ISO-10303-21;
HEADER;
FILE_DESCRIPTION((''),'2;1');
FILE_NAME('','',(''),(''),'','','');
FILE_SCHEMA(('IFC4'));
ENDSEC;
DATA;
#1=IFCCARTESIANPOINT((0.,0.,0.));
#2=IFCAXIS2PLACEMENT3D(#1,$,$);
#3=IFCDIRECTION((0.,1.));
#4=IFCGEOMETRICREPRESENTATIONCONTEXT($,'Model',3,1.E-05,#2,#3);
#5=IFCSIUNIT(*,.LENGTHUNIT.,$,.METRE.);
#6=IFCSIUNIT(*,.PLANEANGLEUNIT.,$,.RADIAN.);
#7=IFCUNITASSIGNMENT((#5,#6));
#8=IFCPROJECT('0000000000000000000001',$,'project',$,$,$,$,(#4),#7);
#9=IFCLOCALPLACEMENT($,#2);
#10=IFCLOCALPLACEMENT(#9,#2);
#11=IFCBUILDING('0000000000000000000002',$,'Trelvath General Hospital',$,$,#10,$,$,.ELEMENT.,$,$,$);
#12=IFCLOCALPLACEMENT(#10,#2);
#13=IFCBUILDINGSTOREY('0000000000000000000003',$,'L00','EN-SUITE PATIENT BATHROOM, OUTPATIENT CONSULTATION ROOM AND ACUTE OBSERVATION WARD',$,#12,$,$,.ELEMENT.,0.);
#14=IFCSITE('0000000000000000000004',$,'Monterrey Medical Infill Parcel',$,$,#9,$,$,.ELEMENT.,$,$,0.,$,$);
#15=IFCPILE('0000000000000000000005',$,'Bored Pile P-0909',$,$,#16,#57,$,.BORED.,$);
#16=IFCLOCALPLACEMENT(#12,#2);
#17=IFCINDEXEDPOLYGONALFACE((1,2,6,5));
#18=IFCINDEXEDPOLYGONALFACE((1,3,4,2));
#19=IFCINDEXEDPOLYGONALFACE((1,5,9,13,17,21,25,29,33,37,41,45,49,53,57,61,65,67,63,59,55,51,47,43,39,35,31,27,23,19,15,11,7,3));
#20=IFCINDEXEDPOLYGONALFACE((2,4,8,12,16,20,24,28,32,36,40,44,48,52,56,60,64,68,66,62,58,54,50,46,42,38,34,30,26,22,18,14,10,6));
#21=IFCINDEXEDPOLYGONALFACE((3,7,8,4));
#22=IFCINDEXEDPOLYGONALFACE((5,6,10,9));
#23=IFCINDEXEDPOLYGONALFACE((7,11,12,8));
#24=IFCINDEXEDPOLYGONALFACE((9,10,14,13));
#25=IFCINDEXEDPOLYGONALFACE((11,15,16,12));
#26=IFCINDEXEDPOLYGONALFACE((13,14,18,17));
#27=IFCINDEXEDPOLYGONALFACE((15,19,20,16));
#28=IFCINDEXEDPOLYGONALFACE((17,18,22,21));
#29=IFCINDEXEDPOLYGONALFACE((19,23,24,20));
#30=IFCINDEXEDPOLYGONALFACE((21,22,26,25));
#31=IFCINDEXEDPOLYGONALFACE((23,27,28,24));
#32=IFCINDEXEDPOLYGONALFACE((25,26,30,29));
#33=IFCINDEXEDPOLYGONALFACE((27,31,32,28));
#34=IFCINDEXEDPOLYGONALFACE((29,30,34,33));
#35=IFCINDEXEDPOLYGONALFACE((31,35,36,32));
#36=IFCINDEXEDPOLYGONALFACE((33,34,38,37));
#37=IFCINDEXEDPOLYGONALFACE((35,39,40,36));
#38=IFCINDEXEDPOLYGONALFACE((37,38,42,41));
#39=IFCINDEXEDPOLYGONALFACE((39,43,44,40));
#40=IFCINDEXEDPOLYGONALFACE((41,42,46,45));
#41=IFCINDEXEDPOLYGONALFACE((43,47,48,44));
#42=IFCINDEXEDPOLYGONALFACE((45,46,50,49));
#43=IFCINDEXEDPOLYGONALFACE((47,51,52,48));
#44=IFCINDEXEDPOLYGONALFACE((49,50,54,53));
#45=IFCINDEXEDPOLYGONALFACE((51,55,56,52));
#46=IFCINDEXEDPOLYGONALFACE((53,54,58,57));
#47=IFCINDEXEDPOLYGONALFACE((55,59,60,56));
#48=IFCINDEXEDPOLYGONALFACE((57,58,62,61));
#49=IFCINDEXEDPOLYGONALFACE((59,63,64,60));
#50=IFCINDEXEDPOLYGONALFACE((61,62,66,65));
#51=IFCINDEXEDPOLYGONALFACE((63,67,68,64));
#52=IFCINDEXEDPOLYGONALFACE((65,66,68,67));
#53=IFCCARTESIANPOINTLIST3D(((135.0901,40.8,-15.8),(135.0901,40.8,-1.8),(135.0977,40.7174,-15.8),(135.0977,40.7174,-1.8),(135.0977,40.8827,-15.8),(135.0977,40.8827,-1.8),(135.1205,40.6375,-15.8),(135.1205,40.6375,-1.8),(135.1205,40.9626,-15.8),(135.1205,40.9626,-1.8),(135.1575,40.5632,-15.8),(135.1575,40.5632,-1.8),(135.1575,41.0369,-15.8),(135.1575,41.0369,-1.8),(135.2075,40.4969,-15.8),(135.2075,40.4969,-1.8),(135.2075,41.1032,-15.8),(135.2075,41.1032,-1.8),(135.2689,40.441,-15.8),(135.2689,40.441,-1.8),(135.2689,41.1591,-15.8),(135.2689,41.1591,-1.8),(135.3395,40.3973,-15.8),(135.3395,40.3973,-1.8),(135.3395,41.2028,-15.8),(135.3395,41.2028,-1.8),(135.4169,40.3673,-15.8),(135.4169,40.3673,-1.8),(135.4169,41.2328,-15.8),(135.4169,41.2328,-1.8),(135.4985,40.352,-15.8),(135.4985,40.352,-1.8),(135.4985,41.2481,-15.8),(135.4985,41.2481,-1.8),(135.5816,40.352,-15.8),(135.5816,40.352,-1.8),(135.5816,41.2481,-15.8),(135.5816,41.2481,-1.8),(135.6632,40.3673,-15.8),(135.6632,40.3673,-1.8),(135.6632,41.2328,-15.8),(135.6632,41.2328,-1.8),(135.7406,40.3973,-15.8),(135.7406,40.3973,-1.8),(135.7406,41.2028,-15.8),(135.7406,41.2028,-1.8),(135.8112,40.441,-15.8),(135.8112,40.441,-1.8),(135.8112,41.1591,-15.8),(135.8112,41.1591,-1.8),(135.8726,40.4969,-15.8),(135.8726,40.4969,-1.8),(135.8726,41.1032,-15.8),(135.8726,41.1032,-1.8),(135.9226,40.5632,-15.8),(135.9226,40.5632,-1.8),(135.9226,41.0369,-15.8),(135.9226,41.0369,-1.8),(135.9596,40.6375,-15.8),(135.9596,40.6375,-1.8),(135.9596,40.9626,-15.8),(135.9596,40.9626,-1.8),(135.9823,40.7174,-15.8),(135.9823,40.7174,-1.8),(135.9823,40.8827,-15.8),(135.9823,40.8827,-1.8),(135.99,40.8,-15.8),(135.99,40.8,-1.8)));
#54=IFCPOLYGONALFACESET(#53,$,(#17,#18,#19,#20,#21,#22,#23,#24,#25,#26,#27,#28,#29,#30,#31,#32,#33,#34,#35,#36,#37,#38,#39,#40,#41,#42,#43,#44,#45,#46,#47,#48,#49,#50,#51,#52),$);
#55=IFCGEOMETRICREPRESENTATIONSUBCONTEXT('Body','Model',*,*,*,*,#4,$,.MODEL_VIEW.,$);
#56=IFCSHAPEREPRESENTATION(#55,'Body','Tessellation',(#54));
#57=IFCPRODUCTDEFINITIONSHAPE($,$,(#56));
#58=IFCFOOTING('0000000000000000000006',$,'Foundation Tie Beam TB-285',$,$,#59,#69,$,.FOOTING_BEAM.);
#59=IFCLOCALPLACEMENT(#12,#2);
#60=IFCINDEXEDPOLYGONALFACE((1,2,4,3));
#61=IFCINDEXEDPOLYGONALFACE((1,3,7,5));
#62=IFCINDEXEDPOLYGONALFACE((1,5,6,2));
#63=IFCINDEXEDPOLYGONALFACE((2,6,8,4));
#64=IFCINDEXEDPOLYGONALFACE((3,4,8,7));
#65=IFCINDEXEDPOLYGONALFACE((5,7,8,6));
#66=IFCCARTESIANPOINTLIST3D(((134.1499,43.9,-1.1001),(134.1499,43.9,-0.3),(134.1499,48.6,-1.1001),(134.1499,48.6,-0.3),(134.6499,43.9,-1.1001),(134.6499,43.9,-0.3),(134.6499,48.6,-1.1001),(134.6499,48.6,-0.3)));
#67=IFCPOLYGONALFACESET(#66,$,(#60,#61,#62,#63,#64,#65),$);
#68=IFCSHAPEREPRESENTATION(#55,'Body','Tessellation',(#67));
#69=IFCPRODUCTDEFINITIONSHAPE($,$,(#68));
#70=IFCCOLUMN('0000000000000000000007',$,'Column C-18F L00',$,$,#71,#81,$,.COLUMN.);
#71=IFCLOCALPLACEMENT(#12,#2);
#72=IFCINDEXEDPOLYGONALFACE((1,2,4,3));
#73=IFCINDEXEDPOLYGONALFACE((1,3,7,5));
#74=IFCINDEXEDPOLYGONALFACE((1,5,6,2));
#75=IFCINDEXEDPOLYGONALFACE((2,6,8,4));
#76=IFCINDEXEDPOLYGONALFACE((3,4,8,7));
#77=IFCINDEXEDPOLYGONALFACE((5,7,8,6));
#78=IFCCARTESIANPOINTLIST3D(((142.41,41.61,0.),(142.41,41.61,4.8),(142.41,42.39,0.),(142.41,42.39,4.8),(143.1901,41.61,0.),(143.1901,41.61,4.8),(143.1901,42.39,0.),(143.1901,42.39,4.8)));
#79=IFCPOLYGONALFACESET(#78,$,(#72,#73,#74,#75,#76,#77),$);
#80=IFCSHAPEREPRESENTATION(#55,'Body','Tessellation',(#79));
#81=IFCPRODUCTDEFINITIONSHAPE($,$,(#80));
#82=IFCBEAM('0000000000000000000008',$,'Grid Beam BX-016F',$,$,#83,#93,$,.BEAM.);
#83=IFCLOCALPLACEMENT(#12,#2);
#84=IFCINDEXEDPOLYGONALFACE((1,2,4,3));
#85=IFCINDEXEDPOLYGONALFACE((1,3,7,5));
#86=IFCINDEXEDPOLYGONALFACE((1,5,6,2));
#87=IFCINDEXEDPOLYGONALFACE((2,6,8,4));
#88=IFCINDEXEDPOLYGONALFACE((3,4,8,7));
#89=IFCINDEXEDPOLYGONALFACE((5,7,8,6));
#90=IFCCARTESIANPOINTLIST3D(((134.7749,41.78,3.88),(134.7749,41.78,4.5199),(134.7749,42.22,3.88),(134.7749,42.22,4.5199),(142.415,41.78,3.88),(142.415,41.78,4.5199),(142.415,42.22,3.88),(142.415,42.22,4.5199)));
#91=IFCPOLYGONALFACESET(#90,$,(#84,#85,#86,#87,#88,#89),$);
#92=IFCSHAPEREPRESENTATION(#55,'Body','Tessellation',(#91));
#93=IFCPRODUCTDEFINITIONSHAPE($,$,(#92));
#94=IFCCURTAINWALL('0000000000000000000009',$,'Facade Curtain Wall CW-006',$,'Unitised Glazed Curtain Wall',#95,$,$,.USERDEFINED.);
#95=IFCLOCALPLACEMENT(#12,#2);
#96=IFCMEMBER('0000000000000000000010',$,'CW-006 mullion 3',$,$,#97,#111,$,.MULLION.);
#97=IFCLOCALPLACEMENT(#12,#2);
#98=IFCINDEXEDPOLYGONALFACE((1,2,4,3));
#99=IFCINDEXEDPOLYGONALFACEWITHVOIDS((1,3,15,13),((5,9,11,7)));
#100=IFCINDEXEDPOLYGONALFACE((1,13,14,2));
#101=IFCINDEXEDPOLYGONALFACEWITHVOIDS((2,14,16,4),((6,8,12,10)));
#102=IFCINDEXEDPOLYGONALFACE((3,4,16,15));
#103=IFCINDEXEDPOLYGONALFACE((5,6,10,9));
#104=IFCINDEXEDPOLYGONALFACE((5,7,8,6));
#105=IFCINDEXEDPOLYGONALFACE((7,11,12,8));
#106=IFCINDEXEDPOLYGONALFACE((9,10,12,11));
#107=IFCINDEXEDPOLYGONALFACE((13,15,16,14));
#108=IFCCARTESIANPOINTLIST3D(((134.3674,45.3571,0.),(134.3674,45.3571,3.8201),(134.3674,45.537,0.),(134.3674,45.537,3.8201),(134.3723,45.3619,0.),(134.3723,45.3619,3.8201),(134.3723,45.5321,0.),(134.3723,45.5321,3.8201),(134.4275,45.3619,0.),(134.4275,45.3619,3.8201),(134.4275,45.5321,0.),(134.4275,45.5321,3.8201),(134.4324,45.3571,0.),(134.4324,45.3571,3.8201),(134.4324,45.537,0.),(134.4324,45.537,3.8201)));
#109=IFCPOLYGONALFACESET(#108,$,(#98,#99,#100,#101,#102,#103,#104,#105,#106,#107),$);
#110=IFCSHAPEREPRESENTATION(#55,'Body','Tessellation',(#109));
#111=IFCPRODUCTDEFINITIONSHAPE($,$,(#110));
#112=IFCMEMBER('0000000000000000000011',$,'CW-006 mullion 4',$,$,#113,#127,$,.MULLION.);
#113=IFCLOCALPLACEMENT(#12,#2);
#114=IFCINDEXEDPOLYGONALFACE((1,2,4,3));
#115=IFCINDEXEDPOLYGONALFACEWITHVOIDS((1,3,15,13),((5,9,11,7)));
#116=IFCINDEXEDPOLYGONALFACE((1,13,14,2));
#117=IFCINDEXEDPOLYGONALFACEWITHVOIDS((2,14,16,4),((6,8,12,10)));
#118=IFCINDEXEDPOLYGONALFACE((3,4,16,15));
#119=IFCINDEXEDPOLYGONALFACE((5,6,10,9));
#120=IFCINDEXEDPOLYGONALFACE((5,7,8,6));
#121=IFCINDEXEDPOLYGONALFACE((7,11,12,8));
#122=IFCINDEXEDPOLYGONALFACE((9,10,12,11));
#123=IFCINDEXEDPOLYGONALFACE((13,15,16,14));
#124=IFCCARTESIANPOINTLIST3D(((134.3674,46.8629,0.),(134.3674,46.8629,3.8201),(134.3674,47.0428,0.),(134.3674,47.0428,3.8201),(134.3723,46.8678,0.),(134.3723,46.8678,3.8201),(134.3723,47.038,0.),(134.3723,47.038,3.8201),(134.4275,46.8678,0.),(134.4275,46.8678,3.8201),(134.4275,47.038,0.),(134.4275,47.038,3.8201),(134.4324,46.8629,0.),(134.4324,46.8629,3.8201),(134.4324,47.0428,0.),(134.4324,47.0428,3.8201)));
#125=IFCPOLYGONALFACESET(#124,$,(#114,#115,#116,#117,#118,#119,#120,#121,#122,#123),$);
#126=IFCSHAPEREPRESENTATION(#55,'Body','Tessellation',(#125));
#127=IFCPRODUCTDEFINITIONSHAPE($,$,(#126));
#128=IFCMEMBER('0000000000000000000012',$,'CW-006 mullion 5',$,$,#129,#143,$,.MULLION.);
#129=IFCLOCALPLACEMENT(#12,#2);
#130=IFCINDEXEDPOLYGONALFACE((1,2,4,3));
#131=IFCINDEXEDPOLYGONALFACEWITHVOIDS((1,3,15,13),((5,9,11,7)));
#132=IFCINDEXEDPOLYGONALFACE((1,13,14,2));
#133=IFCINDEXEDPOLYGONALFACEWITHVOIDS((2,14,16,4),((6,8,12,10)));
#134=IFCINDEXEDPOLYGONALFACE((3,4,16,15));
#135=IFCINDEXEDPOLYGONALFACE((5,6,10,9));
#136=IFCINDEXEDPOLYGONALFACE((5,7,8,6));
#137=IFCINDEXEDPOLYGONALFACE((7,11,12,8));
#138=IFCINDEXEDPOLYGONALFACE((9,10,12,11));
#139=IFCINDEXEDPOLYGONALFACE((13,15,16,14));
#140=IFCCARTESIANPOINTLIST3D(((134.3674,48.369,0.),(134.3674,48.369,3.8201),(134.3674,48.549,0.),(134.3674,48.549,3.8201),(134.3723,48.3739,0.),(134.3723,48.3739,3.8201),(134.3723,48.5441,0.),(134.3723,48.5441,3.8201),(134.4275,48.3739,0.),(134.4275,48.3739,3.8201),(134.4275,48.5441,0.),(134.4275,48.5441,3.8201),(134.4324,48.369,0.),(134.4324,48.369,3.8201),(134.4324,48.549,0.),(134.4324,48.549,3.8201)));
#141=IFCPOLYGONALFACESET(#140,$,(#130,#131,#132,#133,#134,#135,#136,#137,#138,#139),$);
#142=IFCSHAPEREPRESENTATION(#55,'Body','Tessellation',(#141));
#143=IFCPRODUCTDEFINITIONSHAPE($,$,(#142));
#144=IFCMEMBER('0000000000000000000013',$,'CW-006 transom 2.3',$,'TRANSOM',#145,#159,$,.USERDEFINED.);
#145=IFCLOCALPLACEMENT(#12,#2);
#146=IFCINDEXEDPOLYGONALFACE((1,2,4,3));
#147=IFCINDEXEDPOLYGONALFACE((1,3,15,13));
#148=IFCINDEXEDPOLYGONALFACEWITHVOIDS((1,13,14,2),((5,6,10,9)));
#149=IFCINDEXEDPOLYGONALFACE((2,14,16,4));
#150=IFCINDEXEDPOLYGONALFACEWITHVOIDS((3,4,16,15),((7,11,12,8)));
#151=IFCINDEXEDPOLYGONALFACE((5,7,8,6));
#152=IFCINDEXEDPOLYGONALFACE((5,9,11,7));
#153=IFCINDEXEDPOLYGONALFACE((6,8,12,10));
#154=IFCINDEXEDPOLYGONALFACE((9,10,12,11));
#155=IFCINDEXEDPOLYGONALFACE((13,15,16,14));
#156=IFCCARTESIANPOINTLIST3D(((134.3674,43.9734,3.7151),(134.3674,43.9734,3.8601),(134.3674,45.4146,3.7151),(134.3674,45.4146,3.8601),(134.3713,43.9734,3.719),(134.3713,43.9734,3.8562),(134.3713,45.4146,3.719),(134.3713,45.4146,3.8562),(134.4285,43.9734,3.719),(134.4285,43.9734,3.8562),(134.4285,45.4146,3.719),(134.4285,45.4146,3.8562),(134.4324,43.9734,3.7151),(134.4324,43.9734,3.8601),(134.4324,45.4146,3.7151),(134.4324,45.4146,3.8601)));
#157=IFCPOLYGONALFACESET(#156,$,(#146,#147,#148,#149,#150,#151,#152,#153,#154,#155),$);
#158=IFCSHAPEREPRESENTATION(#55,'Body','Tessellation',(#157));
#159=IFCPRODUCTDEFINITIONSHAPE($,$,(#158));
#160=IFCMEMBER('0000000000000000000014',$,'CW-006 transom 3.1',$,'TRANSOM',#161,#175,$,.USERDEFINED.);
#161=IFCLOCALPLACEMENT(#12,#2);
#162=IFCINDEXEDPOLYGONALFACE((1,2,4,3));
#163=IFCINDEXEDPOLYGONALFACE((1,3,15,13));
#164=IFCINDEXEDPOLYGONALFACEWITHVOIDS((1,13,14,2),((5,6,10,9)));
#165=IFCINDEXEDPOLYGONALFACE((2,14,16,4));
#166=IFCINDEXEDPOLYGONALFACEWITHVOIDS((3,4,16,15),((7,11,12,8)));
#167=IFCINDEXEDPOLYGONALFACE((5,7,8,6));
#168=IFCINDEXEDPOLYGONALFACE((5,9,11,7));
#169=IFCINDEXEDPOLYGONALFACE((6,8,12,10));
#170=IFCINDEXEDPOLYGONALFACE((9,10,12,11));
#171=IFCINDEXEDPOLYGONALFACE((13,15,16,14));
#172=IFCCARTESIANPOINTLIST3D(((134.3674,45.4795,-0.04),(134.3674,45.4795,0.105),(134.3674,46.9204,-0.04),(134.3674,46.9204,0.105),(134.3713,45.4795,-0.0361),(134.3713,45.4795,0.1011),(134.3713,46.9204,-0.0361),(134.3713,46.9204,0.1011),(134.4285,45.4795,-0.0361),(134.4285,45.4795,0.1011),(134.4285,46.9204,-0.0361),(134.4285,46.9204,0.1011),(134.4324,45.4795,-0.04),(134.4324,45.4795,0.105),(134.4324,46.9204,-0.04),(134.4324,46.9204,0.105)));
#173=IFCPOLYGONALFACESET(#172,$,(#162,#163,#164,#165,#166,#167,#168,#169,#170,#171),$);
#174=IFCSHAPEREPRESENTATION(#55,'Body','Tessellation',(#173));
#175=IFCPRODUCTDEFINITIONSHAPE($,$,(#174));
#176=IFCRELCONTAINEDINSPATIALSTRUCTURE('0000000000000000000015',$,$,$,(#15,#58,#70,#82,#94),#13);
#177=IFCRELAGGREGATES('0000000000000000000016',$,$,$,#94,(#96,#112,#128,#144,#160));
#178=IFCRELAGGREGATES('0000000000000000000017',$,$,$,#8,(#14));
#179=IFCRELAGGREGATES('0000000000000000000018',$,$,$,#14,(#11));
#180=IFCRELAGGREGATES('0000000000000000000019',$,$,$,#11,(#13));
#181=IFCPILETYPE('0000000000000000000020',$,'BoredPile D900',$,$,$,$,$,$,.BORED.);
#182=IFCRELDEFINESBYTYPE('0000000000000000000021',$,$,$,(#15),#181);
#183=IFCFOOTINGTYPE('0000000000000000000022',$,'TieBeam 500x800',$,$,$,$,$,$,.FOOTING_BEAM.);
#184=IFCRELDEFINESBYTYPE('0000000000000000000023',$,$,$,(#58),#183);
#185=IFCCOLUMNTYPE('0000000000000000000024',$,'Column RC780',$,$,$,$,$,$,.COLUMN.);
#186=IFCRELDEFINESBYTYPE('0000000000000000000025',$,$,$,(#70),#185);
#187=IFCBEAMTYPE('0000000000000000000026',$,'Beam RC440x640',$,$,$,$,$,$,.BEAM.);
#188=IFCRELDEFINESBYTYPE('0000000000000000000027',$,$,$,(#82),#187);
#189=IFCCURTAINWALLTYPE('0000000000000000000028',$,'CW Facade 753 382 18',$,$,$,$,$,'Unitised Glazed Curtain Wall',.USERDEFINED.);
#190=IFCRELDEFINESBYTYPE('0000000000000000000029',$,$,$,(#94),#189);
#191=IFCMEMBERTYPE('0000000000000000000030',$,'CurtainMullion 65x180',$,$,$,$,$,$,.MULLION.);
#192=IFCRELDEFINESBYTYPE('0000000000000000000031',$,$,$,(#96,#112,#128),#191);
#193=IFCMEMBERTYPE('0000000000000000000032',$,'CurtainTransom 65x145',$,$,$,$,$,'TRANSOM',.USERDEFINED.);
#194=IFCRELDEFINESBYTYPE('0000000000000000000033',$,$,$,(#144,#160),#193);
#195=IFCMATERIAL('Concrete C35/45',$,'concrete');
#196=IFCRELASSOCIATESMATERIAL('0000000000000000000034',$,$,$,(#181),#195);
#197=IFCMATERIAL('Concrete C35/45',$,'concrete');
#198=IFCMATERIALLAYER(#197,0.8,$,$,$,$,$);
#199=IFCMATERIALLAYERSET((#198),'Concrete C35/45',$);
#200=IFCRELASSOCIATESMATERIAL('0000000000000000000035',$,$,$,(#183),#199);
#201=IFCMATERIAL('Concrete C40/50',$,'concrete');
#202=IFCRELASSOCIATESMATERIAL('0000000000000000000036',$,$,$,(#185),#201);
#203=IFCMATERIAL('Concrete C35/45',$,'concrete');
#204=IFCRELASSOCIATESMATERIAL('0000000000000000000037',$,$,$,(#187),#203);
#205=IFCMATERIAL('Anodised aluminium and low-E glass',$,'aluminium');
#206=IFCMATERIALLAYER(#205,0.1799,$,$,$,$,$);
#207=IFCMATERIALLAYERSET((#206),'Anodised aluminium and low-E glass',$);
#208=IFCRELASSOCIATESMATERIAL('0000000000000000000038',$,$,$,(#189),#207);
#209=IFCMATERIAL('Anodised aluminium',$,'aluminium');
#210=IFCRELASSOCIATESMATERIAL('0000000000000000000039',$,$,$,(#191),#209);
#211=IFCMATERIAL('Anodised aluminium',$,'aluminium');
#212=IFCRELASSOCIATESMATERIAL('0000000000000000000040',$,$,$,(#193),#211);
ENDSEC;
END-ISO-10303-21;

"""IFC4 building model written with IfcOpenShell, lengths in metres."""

from ifc_helpers import new_model, si_unit, direction, frame, origin, origin_2d, place, context, subcontext, project, spatial, rectangle, hollow_rectangle, circle, extrude, material, layer, layer_set, material_profile, profile_set, type_object, element, aggregate, save


model = new_model("IFC4")

# Units and contexts
model_context = context("Model", 3, precision=1e-05, world=origin(), true_north=direction((0.0, 1.0)))
body_context = subcontext(model_context, "Body", "Model", "MODEL_VIEW")
ifc_project = project(units=[si_unit("LENGTHUNIT", "METRE"), si_unit("PLANEANGLEUNIT", "RADIAN")], contexts=[model_context])

# Site, building, storey
site_placement = place(None, origin())
site = spatial("IfcSite", under=ifc_project, at=site_placement, Name="Monterrey Medical Infill Parcel", CompositionType="ELEMENT", RefElevation=0.0)
building_placement = place(site_placement, origin())
building = spatial("IfcBuilding", under=site, at=building_placement, Name="Trelvath General Hospital", CompositionType="ELEMENT")
storey_placement = place(building_placement, origin())
storey = spatial("IfcBuildingStorey", under=building, at=storey_placement, Name="L00", Description="EN-SUITE PATIENT BATHROOM, OUTPATIENT CONSULTATION ROOM AND ACUTE OBSERVATION WARD", CompositionType="ELEMENT", Elevation=0.0)

# Pile
ifc_material_1 = material(Name="Concrete C35/45", Category="concrete")
ifc_material_profile_1 = material_profile(ifc_material_1, circle(Radius=0.45, at=origin_2d()), Name="PILE900")
ifc_profile_set_1 = profile_set([ifc_material_profile_1], Name="Concrete C35/45")
pile_type = type_object("IfcPileType", Name="BoredPile D900", PredefinedType="BORED", material=ifc_profile_set_1)
pile_placement = place(storey_placement, frame((135.54, 40.8, -1.8), z_axis=(0.0, 0.0, -1.0), x_axis=(1.0, 0.0, 0.0)))
element("IfcPile", 1, at=pile_placement, inside=storey, type_object=pile_type, Name="Bored Pile P-0909", PredefinedType="BORED", context=body_context, shape_type="SweptSolid", body=[
    extrude(circle(Radius=0.45, at=origin_2d()), origin(), (0.0, 0.0, 1.0), 14.0),
])

# Footing
ifc_material_2 = material(Name="Concrete C35/45", Category="concrete")
ifc_layer_1 = layer(ifc_material_2, 0.8)
ifc_layer_set_1 = layer_set([ifc_layer_1], Name="Concrete C35/45")
footing_type = type_object("IfcFootingType", Name="TieBeam 500x800", PredefinedType="FOOTING_BEAM", material=ifc_layer_set_1)
footing_placement = place(storey_placement, frame((134.3999, 46.25, -1.1001), z_axis=(0.0, 0.0, 1.0), x_axis=(1.0, 0.0, 0.0)))
element("IfcFooting", 2, at=footing_placement, inside=storey, type_object=footing_type, Name="Foundation Tie Beam TB-285", PredefinedType="FOOTING_BEAM", context=body_context, shape_type="SweptSolid", body=[
    extrude(rectangle(XDim=0.5, YDim=4.7, at=origin_2d()), origin(), (0.0, 0.0, 1.0), 0.8),
])

# Column
ifc_material_3 = material(Name="Concrete C40/50", Category="concrete")
ifc_material_profile_2 = material_profile(ifc_material_3, rectangle(XDim=0.78, YDim=0.78, at=origin_2d()), Name="RC780x780")
ifc_profile_set_2 = profile_set([ifc_material_profile_2], Name="Concrete C40/50")
column_type = type_object("IfcColumnType", Name="Column RC780", PredefinedType="COLUMN", material=ifc_profile_set_2)
column_placement = place(storey_placement, frame((142.8, 42.0, 0.0), z_axis=(0.0, 0.0, 1.0), x_axis=(1.0, 0.0, 0.0)))
element("IfcColumn", 3, at=column_placement, inside=storey, type_object=column_type, Name="Column C-18F L00", PredefinedType="COLUMN", context=body_context, shape_type="SweptSolid", body=[
    extrude(rectangle(XDim=0.78, YDim=0.78, at=origin_2d()), origin(), (0.0, 0.0, 1.0), 4.8),
])

# Beam
ifc_material_4 = material(Name="Concrete C35/45", Category="concrete")
ifc_material_profile_3 = material_profile(ifc_material_4, rectangle(XDim=0.4399, YDim=0.6399, at=origin_2d()), Name="RCB440x640")
ifc_profile_set_3 = profile_set([ifc_material_profile_3], Name="Concrete C35/45")
beam_type = type_object("IfcBeamType", Name="Beam RC440x640", PredefinedType="BEAM", material=ifc_profile_set_3)
beam_placement = place(storey_placement, frame((134.7749, 42.0, 4.2), z_axis=(1.0, 0.0, 0.0), x_axis=(0.0, 1.0, 0.0)))
element("IfcBeam", 4, at=beam_placement, inside=storey, type_object=beam_type, Name="Grid Beam BX-016F", PredefinedType="BEAM", context=body_context, shape_type="SweptSolid", body=[
    extrude(rectangle(XDim=0.4399, YDim=0.6399, at=origin_2d()), origin(), (0.0, 0.0, 1.0), 7.6401),
])

# Curtain wall, members
ifc_material_5 = material(Name="Anodised aluminium and low-E glass", Category="aluminium")
ifc_layer_2 = layer(ifc_material_5, 0.1799)
ifc_layer_set_2 = layer_set([ifc_layer_2], Name="Anodised aluminium and low-E glass")
curtain_wall_type = type_object("IfcCurtainWallType", Name="CW Facade 753 382 18", ElementType="Unitised Glazed Curtain Wall", PredefinedType="USERDEFINED", material=ifc_layer_set_2)
curtain_wall_placement = place(storey_placement, origin())
curtain_wall = element("IfcCurtainWall", 5, at=curtain_wall_placement, inside=storey, type_object=curtain_wall_type, Name="Facade Curtain Wall CW-006", ObjectType="Unitised Glazed Curtain Wall", PredefinedType="USERDEFINED")
ifc_material_6 = material(Name="Anodised aluminium", Category="aluminium")
ifc_material_profile_4 = material_profile(ifc_material_6, hollow_rectangle(XDim=0.0649, YDim=0.1799, WallThickness=0.0049, at=origin_2d()), Name="RHS65x180x5")
ifc_profile_set_4 = profile_set([ifc_material_profile_4], Name="Anodised aluminium")
member_type_1 = type_object("IfcMemberType", Name="CurtainMullion 65x180", PredefinedType="MULLION", material=ifc_profile_set_4)
member_1_placement = place(storey_placement, frame((134.3999, 45.447, 0.0), z_axis=(0.0, 0.0, 1.0), x_axis=(-1.0, 0.0, 0.0)))
member_1 = element("IfcMember", 6, at=member_1_placement, type_object=member_type_1, Name="CW-006 mullion 3", PredefinedType="MULLION", context=body_context, shape_type="SweptSolid", body=[
    extrude(hollow_rectangle(XDim=0.0649, YDim=0.1799, WallThickness=0.0049, at=origin_2d()), origin(), (0.0, 0.0, 1.0), 3.8201),
])
member_2_placement = place(storey_placement, frame((134.3999, 46.9529, 0.0), z_axis=(0.0, 0.0, 1.0), x_axis=(-1.0, 0.0, 0.0)))
member_2 = element("IfcMember", 7, at=member_2_placement, type_object=member_type_1, Name="CW-006 mullion 4", PredefinedType="MULLION", context=body_context, shape_type="SweptSolid", body=[
    extrude(hollow_rectangle(XDim=0.0649, YDim=0.1799, WallThickness=0.0049, at=origin_2d()), origin(), (0.0, 0.0, 1.0), 3.8201),
])
member_3_placement = place(storey_placement, frame((134.3999, 48.459, 0.0), z_axis=(0.0, 0.0, 1.0), x_axis=(-1.0, 0.0, 0.0)))
member_3 = element("IfcMember", 8, at=member_3_placement, type_object=member_type_1, Name="CW-006 mullion 5", PredefinedType="MULLION", context=body_context, shape_type="SweptSolid", body=[
    extrude(hollow_rectangle(XDim=0.0649, YDim=0.1799, WallThickness=0.0049, at=origin_2d()), origin(), (0.0, 0.0, 1.0), 3.8201),
])
ifc_material_7 = material(Name="Anodised aluminium", Category="aluminium")
ifc_material_profile_5 = material_profile(ifc_material_7, hollow_rectangle(XDim=0.0649, YDim=0.145, WallThickness=0.0039, at=origin_2d()), Name="RHS65x145x4")
ifc_profile_set_5 = profile_set([ifc_material_profile_5], Name="Anodised aluminium")
member_type_2 = type_object("IfcMemberType", Name="CurtainTransom 65x145", ElementType="TRANSOM", PredefinedType="USERDEFINED", material=ifc_profile_set_5)
member_4_placement = place(storey_placement, frame((134.3999, 43.9734, 3.7876), z_axis=(0.0, 1.0, 0.0), x_axis=(-1.0, 0.0, 0.0)))
member_4 = element("IfcMember", 9, at=member_4_placement, type_object=member_type_2, Name="CW-006 transom 2.3", ObjectType="TRANSOM", PredefinedType="USERDEFINED", context=body_context, shape_type="SweptSolid", body=[
    extrude(hollow_rectangle(XDim=0.0649, YDim=0.145, WallThickness=0.0039, at=origin_2d()), origin(), (0.0, 0.0, 1.0), 1.4412),
])
member_5_placement = place(storey_placement, frame((134.3999, 45.4795, 0.0325), z_axis=(0.0, 1.0, 0.0), x_axis=(-1.0, 0.0, 0.0)))
member_5 = element("IfcMember", 10, at=member_5_placement, type_object=member_type_2, Name="CW-006 transom 3.1", ObjectType="TRANSOM", PredefinedType="USERDEFINED", context=body_context, shape_type="SweptSolid", body=[
    extrude(hollow_rectangle(XDim=0.0649, YDim=0.145, WallThickness=0.0039, at=origin_2d()), origin(), (0.0, 0.0, 1.0), 1.4409),
])
aggregate(curtain_wall, [member_1, member_2, member_3, member_4, member_5])

save(model, "model.ifc")
